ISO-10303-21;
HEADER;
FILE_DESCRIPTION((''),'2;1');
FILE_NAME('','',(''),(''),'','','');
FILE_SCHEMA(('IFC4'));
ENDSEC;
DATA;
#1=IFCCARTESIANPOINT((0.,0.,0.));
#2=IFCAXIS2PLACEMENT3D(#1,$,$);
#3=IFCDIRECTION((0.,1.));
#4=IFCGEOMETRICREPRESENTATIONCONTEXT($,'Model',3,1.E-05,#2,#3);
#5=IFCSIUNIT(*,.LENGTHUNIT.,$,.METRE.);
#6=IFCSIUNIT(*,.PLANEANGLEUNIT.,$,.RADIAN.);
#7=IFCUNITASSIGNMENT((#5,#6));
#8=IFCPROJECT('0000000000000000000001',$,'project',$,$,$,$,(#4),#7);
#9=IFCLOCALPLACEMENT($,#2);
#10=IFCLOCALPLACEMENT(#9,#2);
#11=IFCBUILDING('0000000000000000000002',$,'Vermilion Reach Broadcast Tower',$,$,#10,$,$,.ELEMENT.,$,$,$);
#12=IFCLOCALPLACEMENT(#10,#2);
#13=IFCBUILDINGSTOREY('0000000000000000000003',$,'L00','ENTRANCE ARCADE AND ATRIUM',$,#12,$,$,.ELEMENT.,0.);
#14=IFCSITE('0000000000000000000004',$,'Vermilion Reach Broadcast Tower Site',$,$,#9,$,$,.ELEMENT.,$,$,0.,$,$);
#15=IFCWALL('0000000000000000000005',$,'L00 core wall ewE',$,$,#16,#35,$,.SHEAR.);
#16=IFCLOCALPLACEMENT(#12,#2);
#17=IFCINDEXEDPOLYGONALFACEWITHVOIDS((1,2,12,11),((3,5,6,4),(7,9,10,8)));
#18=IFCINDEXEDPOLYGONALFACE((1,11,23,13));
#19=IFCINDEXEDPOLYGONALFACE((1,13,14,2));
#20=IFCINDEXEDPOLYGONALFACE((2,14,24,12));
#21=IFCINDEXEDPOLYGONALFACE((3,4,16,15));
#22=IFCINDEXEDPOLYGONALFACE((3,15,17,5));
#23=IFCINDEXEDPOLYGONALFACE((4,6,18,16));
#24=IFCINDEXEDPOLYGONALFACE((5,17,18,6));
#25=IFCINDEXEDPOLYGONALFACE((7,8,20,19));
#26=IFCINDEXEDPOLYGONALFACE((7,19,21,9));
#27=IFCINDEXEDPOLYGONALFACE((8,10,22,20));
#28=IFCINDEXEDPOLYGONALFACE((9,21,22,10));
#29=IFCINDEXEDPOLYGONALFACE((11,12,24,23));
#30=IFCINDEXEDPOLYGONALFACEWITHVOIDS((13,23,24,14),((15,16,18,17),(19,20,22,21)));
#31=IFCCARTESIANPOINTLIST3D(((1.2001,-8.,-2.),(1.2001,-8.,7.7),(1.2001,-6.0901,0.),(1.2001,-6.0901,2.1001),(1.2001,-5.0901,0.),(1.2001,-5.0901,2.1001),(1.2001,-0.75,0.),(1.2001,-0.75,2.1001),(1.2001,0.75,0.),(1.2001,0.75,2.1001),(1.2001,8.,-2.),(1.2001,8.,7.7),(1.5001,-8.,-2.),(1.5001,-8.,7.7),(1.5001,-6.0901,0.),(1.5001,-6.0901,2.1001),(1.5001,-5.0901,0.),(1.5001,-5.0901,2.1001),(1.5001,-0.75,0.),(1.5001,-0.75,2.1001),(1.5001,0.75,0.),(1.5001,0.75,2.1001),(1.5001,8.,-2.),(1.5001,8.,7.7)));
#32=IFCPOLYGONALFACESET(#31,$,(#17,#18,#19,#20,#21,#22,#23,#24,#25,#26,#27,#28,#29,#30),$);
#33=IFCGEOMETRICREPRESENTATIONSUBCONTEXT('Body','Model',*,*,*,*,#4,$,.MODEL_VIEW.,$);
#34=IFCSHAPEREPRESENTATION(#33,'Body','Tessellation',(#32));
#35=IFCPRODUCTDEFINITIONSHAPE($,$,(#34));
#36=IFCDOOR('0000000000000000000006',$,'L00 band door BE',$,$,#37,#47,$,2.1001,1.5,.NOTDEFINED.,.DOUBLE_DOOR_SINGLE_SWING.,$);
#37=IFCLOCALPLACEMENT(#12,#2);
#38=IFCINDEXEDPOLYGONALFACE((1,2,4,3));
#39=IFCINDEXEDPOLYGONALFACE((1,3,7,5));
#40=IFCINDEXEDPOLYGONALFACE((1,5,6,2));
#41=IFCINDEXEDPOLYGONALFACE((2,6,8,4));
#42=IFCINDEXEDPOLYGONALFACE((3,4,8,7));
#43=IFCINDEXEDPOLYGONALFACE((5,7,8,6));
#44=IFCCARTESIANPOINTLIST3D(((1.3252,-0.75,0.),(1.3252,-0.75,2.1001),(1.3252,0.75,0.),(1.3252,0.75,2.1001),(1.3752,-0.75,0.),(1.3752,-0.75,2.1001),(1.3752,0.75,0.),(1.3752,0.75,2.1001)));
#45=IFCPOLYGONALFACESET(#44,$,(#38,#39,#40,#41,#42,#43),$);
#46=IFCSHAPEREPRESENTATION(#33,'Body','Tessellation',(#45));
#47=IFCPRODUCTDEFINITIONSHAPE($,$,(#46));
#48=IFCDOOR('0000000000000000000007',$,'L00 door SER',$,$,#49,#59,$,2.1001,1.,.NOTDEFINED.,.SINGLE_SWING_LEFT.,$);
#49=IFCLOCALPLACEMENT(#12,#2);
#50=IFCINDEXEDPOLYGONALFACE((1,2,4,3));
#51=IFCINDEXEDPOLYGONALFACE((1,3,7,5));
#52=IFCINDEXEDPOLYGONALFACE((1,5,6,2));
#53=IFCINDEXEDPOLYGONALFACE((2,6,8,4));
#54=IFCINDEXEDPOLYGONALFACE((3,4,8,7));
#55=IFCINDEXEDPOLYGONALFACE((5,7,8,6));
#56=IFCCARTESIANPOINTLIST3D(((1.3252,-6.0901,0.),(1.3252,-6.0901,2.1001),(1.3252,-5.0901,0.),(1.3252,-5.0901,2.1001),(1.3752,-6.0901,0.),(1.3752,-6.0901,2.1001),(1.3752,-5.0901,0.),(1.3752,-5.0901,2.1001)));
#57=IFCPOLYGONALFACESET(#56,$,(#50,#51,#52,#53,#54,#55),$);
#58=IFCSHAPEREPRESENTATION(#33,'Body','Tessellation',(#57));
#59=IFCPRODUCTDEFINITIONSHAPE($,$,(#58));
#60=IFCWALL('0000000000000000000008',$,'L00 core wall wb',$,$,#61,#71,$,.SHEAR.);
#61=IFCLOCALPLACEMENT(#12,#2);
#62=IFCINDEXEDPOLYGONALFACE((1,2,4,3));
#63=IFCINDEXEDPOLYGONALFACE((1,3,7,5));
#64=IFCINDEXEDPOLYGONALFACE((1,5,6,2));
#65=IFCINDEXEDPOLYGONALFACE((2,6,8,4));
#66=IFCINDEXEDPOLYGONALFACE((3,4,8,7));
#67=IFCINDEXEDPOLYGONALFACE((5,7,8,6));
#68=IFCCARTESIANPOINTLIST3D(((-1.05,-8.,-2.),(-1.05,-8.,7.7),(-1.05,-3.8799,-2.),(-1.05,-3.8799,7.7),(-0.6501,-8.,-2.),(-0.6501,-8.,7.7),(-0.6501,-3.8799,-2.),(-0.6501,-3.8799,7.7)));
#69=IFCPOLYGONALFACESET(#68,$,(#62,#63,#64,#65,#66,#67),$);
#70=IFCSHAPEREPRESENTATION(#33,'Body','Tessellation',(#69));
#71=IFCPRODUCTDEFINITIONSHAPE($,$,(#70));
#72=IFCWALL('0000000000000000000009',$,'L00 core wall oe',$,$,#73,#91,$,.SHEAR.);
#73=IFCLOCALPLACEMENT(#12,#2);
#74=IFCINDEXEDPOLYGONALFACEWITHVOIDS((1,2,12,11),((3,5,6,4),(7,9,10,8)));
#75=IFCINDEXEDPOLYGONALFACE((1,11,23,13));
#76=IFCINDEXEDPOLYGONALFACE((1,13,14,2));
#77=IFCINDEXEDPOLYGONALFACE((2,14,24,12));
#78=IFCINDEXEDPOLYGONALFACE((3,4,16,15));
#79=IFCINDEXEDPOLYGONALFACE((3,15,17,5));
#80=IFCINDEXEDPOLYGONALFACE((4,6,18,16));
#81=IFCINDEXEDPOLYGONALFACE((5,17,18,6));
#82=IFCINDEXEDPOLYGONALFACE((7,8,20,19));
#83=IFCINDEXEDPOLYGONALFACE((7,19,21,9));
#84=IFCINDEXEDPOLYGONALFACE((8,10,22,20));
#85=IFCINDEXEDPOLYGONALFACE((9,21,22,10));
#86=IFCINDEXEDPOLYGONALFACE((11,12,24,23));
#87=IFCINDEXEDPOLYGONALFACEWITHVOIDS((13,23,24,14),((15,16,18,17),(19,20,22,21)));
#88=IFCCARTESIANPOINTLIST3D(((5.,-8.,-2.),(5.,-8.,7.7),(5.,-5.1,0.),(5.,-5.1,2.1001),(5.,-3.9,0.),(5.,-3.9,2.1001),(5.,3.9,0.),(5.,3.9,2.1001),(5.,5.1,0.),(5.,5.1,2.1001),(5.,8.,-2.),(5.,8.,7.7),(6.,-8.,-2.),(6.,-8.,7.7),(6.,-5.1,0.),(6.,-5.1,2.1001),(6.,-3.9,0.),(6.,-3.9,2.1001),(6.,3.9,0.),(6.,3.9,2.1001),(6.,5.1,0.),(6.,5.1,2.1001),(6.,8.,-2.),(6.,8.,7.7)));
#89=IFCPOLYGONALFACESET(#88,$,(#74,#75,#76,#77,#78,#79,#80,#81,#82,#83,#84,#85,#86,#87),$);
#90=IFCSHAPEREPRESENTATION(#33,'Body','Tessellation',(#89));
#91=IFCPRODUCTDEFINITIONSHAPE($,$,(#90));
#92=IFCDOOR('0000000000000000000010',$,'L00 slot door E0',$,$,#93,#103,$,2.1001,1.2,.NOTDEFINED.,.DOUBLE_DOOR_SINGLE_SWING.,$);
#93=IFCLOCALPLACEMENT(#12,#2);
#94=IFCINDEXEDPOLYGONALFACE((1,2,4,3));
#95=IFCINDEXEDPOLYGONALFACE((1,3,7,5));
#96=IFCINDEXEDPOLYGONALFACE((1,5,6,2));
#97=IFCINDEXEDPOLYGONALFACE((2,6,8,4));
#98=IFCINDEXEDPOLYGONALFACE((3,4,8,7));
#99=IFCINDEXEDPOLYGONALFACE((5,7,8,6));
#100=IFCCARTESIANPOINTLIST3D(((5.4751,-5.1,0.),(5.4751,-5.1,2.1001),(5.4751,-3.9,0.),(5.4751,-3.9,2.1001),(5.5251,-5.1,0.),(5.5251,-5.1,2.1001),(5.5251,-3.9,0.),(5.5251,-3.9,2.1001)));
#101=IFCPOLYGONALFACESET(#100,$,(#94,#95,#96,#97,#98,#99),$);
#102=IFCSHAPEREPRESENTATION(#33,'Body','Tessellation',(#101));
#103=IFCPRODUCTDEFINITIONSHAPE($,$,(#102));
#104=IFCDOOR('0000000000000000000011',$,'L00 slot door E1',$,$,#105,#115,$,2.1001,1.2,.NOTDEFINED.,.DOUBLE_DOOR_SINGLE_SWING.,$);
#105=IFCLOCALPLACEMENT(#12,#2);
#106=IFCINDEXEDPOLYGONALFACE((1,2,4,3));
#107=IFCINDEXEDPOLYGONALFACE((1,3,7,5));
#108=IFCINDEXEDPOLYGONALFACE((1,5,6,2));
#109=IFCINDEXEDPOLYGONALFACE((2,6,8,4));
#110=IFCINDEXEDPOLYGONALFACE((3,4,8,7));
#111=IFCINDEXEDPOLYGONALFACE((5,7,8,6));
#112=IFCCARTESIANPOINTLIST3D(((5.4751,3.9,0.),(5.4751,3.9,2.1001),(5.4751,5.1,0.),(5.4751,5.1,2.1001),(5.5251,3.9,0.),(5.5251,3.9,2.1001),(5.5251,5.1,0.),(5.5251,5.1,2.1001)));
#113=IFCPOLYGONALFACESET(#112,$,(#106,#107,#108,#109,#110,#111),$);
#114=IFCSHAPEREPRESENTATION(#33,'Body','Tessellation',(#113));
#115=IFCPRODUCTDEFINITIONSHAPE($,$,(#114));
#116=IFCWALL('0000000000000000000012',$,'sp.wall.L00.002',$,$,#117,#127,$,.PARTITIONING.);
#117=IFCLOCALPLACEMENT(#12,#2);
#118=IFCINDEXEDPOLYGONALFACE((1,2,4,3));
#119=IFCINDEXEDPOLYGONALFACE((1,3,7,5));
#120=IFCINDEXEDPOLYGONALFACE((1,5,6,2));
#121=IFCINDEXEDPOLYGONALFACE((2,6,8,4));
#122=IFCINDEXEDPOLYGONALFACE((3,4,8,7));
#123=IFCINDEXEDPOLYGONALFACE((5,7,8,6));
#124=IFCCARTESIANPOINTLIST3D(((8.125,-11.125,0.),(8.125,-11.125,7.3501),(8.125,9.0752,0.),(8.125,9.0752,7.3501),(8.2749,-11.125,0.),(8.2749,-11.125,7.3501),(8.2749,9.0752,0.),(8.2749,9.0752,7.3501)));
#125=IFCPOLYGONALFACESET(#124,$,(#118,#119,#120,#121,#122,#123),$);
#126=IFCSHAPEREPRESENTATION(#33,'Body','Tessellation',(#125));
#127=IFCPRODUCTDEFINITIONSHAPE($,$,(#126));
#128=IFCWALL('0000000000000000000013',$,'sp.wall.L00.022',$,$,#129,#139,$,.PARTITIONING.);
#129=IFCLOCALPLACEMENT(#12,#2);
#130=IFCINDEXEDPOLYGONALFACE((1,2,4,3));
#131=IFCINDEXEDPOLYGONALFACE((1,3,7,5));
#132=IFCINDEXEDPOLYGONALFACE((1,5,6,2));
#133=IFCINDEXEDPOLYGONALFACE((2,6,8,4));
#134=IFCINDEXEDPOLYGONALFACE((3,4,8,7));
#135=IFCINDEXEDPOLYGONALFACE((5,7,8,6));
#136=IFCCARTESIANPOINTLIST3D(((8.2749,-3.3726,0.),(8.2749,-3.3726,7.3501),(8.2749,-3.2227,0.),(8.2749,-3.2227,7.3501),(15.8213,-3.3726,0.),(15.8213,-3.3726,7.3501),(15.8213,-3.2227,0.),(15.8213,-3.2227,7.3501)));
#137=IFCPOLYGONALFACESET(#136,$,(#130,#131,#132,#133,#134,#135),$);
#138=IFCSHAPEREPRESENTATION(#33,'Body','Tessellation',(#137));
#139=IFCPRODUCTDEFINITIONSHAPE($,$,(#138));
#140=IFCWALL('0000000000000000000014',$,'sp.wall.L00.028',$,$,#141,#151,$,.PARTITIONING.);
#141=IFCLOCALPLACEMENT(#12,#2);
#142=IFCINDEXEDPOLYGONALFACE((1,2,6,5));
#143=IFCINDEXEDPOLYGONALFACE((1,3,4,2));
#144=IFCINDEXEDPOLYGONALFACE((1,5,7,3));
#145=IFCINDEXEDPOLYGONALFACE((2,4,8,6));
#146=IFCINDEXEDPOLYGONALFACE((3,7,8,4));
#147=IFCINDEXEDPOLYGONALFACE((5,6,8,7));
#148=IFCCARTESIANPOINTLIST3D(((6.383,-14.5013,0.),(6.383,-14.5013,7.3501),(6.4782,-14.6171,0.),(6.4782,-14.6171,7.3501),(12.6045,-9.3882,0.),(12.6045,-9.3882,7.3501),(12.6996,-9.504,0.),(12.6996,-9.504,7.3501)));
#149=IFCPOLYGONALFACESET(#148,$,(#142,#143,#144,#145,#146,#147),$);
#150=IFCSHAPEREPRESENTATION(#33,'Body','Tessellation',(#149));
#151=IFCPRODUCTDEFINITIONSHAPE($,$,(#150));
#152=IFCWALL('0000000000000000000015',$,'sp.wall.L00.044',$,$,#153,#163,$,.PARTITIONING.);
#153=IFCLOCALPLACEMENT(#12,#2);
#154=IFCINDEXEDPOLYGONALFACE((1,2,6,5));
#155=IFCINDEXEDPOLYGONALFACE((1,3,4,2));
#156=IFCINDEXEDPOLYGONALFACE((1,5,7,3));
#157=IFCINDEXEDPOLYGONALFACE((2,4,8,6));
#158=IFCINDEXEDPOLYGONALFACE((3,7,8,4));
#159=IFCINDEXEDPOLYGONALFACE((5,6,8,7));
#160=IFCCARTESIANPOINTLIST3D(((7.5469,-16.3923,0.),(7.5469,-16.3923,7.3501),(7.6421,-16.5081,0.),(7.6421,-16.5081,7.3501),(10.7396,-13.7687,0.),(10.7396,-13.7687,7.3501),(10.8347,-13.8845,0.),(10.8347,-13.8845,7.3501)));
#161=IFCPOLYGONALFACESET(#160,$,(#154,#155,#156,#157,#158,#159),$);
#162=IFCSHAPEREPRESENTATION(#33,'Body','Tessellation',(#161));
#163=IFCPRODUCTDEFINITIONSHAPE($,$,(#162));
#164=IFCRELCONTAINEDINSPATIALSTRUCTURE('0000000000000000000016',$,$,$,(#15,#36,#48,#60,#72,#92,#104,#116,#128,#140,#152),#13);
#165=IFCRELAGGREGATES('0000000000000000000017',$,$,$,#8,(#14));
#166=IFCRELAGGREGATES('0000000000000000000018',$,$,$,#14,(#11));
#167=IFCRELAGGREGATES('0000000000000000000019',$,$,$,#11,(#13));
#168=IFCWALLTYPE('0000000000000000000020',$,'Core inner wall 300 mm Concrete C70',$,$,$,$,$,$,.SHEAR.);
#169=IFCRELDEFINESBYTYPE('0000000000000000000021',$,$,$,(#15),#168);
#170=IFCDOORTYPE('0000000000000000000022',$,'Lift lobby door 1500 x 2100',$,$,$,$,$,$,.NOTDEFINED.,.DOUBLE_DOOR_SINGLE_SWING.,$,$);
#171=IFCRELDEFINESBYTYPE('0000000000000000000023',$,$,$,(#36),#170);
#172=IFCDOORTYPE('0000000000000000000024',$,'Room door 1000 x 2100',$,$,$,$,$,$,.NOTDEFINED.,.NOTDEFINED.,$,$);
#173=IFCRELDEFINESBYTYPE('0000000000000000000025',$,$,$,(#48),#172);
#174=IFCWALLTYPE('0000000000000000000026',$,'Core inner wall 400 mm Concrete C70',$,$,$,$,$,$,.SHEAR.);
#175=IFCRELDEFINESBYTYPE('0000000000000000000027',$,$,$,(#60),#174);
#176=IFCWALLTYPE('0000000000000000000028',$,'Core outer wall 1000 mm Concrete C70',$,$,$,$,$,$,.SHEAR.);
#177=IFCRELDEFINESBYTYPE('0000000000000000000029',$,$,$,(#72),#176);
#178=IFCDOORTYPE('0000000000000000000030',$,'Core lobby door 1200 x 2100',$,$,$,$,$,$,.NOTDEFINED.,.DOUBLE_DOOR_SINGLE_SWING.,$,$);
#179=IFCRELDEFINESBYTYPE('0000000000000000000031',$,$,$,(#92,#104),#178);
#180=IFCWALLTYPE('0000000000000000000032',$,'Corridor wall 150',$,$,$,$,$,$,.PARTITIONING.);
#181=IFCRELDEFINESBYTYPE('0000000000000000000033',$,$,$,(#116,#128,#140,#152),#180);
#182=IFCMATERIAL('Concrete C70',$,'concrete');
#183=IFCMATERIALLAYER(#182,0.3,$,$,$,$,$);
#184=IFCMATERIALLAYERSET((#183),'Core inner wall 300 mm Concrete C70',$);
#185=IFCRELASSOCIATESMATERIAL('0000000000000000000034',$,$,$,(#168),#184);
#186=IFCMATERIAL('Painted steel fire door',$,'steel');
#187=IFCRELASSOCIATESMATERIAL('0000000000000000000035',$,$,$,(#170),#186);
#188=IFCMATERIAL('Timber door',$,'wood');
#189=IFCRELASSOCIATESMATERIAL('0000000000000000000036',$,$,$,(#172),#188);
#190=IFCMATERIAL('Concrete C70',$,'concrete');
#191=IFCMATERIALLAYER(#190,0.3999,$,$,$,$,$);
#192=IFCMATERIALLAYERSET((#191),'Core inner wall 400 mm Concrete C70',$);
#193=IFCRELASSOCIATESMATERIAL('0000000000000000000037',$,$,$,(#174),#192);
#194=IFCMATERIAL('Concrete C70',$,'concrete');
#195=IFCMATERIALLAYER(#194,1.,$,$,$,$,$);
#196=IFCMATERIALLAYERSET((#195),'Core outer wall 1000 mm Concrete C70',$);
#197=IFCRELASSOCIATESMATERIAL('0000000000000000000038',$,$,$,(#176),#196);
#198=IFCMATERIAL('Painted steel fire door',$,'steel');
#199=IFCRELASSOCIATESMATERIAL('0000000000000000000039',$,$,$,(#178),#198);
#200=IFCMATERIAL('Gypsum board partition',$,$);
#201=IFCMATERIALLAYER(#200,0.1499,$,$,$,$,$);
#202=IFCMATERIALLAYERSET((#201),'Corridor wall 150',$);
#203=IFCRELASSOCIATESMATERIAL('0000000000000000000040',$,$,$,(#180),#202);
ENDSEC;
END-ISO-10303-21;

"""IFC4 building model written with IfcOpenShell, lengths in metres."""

from ifc_helpers import new_model, si_unit, direction, frame, frame_2d, origin, place, context, subcontext, project, spatial, rectangle, extrude, material, layer, layer_set, type_object, element, fill, save


model = new_model("IFC4")

# Units and contexts
model_context = context("Model", 3, precision=1e-05, world=origin(), true_north=direction((0.0, 1.0)))
body_context = subcontext(model_context, "Body", "Model", "MODEL_VIEW")
ifc_project = project(units=[si_unit("LENGTHUNIT", "METRE"), si_unit("PLANEANGLEUNIT", "RADIAN")], contexts=[model_context])

# Site, building, storey
site_placement = place(None, origin())
site = spatial("IfcSite", under=ifc_project, at=site_placement, Name="Vermilion Reach Broadcast Tower Site", CompositionType="ELEMENT", RefElevation=0.0)
building_placement = place(site_placement, origin())
building = spatial("IfcBuilding", under=site, at=building_placement, Name="Vermilion Reach Broadcast Tower", CompositionType="ELEMENT")
storey_placement = place(building_placement, origin())
storey = spatial("IfcBuildingStorey", under=building, at=storey_placement, Name="L00", Description="ENTRANCE ARCADE AND ATRIUM", CompositionType="ELEMENT", Elevation=0.0)

# Wall, openings, doors
ifc_material_1 = material(Name="Concrete C70", Category="concrete")
ifc_layer_1 = layer(ifc_material_1, 0.3)
ifc_layer_set_1 = layer_set([ifc_layer_1], Name="Core inner wall 300 mm Concrete C70")
wall_type_1 = type_object("IfcWallType", Name="Core inner wall 300 mm Concrete C70", PredefinedType="SHEAR", material=ifc_layer_set_1)
wall_1_placement = place(storey_placement, frame((1.3501, -8.0, -2.0), z_axis=(0.0, 0.0, 1.0), x_axis=(0.0, 1.0, 0.0)))
wall_1 = element("IfcWall", 1, at=wall_1_placement, inside=storey, type_object=wall_type_1, Name="L00 core wall ewE", PredefinedType="SHEAR", context=body_context, shape_type="SweptSolid", body=[
    extrude(rectangle(XDim=16.0, YDim=0.3, at=frame_2d((8.0, 0.0))), origin(), (0.0, 0.0, 1.0), 9.7),
])
opening_1_placement = place(wall_1_placement, frame((1.9099, 0.0, 2.0)))
opening_1 = element("IfcOpeningElement", 2, at=opening_1_placement, cuts=wall_1, PredefinedType="OPENING", context=body_context, shape_type="SweptSolid", body=[
    extrude(rectangle(XDim=1.0, YDim=2.1001, at=frame_2d((0.5, 1.05))), frame((0.0, 0.1599, 0.0), z_axis=(0.0, -1.0, 0.0), x_axis=(1.0, 0.0, 0.0)), (0.0, 0.0, 1.0), 0.3201),
])
opening_2_placement = place(wall_1_placement, frame((7.25, 0.0, 2.0)))
opening_2 = element("IfcOpeningElement", 3, at=opening_2_placement, cuts=wall_1, PredefinedType="OPENING", context=body_context, shape_type="SweptSolid", body=[
    extrude(rectangle(XDim=1.5, YDim=2.1001, at=frame_2d((0.75, 1.05))), frame((0.0, 0.1599, 0.0), z_axis=(0.0, -1.0, 0.0), x_axis=(1.0, 0.0, 0.0)), (0.0, 0.0, 1.0), 0.3201),
])
ifc_material_2 = material(Name="Painted steel fire door", Category="steel")
door_type_1 = type_object("IfcDoorType", Name="Lift lobby door 1500 x 2100", OperationType="DOUBLE_DOOR_SINGLE_SWING", PredefinedType="NOTDEFINED", material=ifc_material_2)
door_1_placement = place(opening_2_placement, origin())
door_1 = element("IfcDoor", 4, at=door_1_placement, inside=storey, type_object=door_type_1, Name="L00 band door BE", OperationType="DOUBLE_DOOR_SINGLE_SWING", OverallHeight=2.1001, OverallWidth=1.5, PredefinedType="NOTDEFINED", context=body_context, shape_type="SweptSolid", body=[
    extrude(rectangle(XDim=1.5, YDim=2.1001, at=frame_2d((0.75, 1.05))), frame((0.0, 0.0249, 0.0), z_axis=(0.0, -1.0, 0.0), x_axis=(1.0, 0.0, 0.0)), (0.0, 0.0, 1.0), 0.05),
])
fill(opening_2, door_1)
ifc_material_3 = material(Name="Timber door", Category="wood")
door_type_2 = type_object("IfcDoorType", Name="Room door 1000 x 2100", OperationType="NOTDEFINED", PredefinedType="NOTDEFINED", material=ifc_material_3)
door_2_placement = place(opening_1_placement, origin())
door_2 = element("IfcDoor", 5, at=door_2_placement, inside=storey, type_object=door_type_2, Name="L00 door SER", OperationType="SINGLE_SWING_LEFT", OverallHeight=2.1001, OverallWidth=1.0, PredefinedType="NOTDEFINED", context=body_context, shape_type="SweptSolid", body=[
    extrude(rectangle(XDim=1.0, YDim=2.1001, at=frame_2d((0.5, 1.05))), frame((0.0, 0.0249, 0.0), z_axis=(0.0, -1.0, 0.0), x_axis=(1.0, 0.0, 0.0)), (0.0, 0.0, 1.0), 0.05),
])
fill(opening_1, door_2)

# Wall
ifc_material_4 = material(Name="Concrete C70", Category="concrete")
ifc_layer_2 = layer(ifc_material_4, 0.3999)
ifc_layer_set_2 = layer_set([ifc_layer_2], Name="Core inner wall 400 mm Concrete C70")
wall_type_2 = type_object("IfcWallType", Name="Core inner wall 400 mm Concrete C70", PredefinedType="SHEAR", material=ifc_layer_set_2)
wall_2_placement = place(storey_placement, frame((-0.8501, -3.8799, -2.0), z_axis=(0.0, 0.0, 1.0), x_axis=(0.0, -1.0, 0.0)))
element("IfcWall", 6, at=wall_2_placement, inside=storey, type_object=wall_type_2, Name="L00 core wall wb", PredefinedType="SHEAR", context=body_context, shape_type="SweptSolid", body=[
    extrude(rectangle(XDim=4.1201, YDim=0.3999, at=frame_2d((2.0601, 0.0))), origin(), (0.0, 0.0, 1.0), 9.7),
])

# Wall, openings, doors
ifc_material_5 = material(Name="Concrete C70", Category="concrete")
ifc_layer_3 = layer(ifc_material_5, 1.0)
ifc_layer_set_3 = layer_set([ifc_layer_3], Name="Core outer wall 1000 mm Concrete C70")
wall_type_3 = type_object("IfcWallType", Name="Core outer wall 1000 mm Concrete C70", PredefinedType="SHEAR", material=ifc_layer_set_3)
wall_3_placement = place(storey_placement, frame((5.5, -8.0, -2.0), z_axis=(0.0, 0.0, 1.0), x_axis=(0.0, 1.0, 0.0)))
wall_3 = element("IfcWall", 7, at=wall_3_placement, inside=storey, type_object=wall_type_3, Name="L00 core wall oe", PredefinedType="SHEAR", context=body_context, shape_type="SweptSolid", body=[
    extrude(rectangle(XDim=16.0, YDim=1.0, at=frame_2d((8.0, 0.0))), origin(), (0.0, 0.0, 1.0), 9.7),
])
opening_3_placement = place(wall_3_placement, frame((2.8999, 0.0, 2.0)))
opening_3 = element("IfcOpeningElement", 8, at=opening_3_placement, cuts=wall_3, PredefinedType="OPENING", context=body_context, shape_type="SweptSolid", body=[
    extrude(rectangle(XDim=1.2, YDim=2.1001, at=frame_2d((0.6001, 1.05))), frame((0.0, 0.51, 0.0), z_axis=(0.0, -1.0, 0.0), x_axis=(1.0, 0.0, 0.0)), (0.0, 0.0, 1.0), 1.02),
])
opening_4_placement = place(wall_3_placement, frame((11.8999, 0.0, 2.0)))
opening_4 = element("IfcOpeningElement", 9, at=opening_4_placement, cuts=wall_3, PredefinedType="OPENING", context=body_context, shape_type="SweptSolid", body=[
    extrude(rectangle(XDim=1.2, YDim=2.1001, at=frame_2d((0.6001, 1.05))), frame((0.0, 0.51, 0.0), z_axis=(0.0, -1.0, 0.0), x_axis=(1.0, 0.0, 0.0)), (0.0, 0.0, 1.0), 1.02),
])
ifc_material_6 = material(Name="Painted steel fire door", Category="steel")
door_type_3 = type_object("IfcDoorType", Name="Core lobby door 1200 x 2100", OperationType="DOUBLE_DOOR_SINGLE_SWING", PredefinedType="NOTDEFINED", material=ifc_material_6)
door_3_placement = place(opening_3_placement, origin())
door_3 = element("IfcDoor", 10, at=door_3_placement, inside=storey, type_object=door_type_3, Name="L00 slot door E0", OperationType="DOUBLE_DOOR_SINGLE_SWING", OverallHeight=2.1001, OverallWidth=1.2, PredefinedType="NOTDEFINED", context=body_context, shape_type="SweptSolid", body=[
    extrude(rectangle(XDim=1.2, YDim=2.1001, at=frame_2d((0.6001, 1.05))), frame((0.0, 0.0249, 0.0), z_axis=(0.0, -1.0, 0.0), x_axis=(1.0, 0.0, 0.0)), (0.0, 0.0, 1.0), 0.05),
])
fill(opening_3, door_3)
door_4_placement = place(opening_4_placement, origin())
door_4 = element("IfcDoor", 11, at=door_4_placement, inside=storey, type_object=door_type_3, Name="L00 slot door E1", OperationType="DOUBLE_DOOR_SINGLE_SWING", OverallHeight=2.1001, OverallWidth=1.2, PredefinedType="NOTDEFINED", context=body_context, shape_type="SweptSolid", body=[
    extrude(rectangle(XDim=1.2, YDim=2.1001, at=frame_2d((0.6001, 1.05))), frame((0.0, 0.0249, 0.0), z_axis=(0.0, -1.0, 0.0), x_axis=(1.0, 0.0, 0.0)), (0.0, 0.0, 1.0), 0.05),
])
fill(opening_4, door_4)

# Walls
ifc_material_7 = material(Name="Gypsum board partition")
ifc_layer_4 = layer(ifc_material_7, 0.1499)
ifc_layer_set_4 = layer_set([ifc_layer_4], Name="Corridor wall 150")
wall_type_4 = type_object("IfcWallType", Name="Corridor wall 150", PredefinedType="PARTITIONING", material=ifc_layer_set_4)
wall_4_placement = place(storey_placement, frame((8.2, -11.125, 0.0), z_axis=(0.0, 0.0, 1.0), x_axis=(0.0, 1.0, 0.0)))
element("IfcWall", 12, at=wall_4_placement, inside=storey, type_object=wall_type_4, Name="sp.wall.L00.002", PredefinedType="PARTITIONING", context=body_context, shape_type="SweptSolid", body=[
    extrude(rectangle(XDim=20.2002, YDim=0.1499, at=frame_2d((10.1001, 0.0))), origin(), (0.0, 0.0, 1.0), 7.3501),
])
wall_5_placement = place(storey_placement, frame((8.2749, -3.2976, 0.0), z_axis=(0.0, 0.0, 1.0), x_axis=(1.0, 0.0, 0.0)))
element("IfcWall", 13, at=wall_5_placement, inside=storey, type_object=wall_type_4, Name="sp.wall.L00.022", PredefinedType="PARTITIONING", context=body_context, shape_type="SweptSolid", body=[
    extrude(rectangle(XDim=7.5464, YDim=0.1499, at=frame_2d((3.7732, 0.0))), origin(), (0.0, 0.0, 1.0), 7.3501),
])
wall_6_placement = place(storey_placement, frame((6.4307, -14.5591, 0.0), z_axis=(0.0, 0.0, 1.0), x_axis=(0.77257, 0.63493, 0.0)))
element("IfcWall", 14, at=wall_6_placement, inside=storey, type_object=wall_type_4, Name="sp.wall.L00.028", PredefinedType="PARTITIONING", context=body_context, shape_type="SweptSolid", body=[
    extrude(rectangle(XDim=8.053, YDim=0.1499, at=frame_2d((4.0264, 0.0))), origin(), (0.0, 0.0, 1.0), 7.3501),
])
wall_7_placement = place(storey_placement, frame((7.5945, -16.4502, 0.0), z_axis=(0.0, 0.0, 1.0), x_axis=(0.772605, 0.634887, 0.0)))
element("IfcWall", 15, at=wall_7_placement, inside=storey, type_object=wall_type_4, Name="sp.wall.L00.044", PredefinedType="PARTITIONING", context=body_context, shape_type="SweptSolid", body=[
    extrude(rectangle(XDim=4.1323, YDim=0.1499, at=frame_2d((2.0662, 0.0))), origin(), (0.0, 0.0, 1.0), 7.3501),
])

save(model, "model.ifc")
